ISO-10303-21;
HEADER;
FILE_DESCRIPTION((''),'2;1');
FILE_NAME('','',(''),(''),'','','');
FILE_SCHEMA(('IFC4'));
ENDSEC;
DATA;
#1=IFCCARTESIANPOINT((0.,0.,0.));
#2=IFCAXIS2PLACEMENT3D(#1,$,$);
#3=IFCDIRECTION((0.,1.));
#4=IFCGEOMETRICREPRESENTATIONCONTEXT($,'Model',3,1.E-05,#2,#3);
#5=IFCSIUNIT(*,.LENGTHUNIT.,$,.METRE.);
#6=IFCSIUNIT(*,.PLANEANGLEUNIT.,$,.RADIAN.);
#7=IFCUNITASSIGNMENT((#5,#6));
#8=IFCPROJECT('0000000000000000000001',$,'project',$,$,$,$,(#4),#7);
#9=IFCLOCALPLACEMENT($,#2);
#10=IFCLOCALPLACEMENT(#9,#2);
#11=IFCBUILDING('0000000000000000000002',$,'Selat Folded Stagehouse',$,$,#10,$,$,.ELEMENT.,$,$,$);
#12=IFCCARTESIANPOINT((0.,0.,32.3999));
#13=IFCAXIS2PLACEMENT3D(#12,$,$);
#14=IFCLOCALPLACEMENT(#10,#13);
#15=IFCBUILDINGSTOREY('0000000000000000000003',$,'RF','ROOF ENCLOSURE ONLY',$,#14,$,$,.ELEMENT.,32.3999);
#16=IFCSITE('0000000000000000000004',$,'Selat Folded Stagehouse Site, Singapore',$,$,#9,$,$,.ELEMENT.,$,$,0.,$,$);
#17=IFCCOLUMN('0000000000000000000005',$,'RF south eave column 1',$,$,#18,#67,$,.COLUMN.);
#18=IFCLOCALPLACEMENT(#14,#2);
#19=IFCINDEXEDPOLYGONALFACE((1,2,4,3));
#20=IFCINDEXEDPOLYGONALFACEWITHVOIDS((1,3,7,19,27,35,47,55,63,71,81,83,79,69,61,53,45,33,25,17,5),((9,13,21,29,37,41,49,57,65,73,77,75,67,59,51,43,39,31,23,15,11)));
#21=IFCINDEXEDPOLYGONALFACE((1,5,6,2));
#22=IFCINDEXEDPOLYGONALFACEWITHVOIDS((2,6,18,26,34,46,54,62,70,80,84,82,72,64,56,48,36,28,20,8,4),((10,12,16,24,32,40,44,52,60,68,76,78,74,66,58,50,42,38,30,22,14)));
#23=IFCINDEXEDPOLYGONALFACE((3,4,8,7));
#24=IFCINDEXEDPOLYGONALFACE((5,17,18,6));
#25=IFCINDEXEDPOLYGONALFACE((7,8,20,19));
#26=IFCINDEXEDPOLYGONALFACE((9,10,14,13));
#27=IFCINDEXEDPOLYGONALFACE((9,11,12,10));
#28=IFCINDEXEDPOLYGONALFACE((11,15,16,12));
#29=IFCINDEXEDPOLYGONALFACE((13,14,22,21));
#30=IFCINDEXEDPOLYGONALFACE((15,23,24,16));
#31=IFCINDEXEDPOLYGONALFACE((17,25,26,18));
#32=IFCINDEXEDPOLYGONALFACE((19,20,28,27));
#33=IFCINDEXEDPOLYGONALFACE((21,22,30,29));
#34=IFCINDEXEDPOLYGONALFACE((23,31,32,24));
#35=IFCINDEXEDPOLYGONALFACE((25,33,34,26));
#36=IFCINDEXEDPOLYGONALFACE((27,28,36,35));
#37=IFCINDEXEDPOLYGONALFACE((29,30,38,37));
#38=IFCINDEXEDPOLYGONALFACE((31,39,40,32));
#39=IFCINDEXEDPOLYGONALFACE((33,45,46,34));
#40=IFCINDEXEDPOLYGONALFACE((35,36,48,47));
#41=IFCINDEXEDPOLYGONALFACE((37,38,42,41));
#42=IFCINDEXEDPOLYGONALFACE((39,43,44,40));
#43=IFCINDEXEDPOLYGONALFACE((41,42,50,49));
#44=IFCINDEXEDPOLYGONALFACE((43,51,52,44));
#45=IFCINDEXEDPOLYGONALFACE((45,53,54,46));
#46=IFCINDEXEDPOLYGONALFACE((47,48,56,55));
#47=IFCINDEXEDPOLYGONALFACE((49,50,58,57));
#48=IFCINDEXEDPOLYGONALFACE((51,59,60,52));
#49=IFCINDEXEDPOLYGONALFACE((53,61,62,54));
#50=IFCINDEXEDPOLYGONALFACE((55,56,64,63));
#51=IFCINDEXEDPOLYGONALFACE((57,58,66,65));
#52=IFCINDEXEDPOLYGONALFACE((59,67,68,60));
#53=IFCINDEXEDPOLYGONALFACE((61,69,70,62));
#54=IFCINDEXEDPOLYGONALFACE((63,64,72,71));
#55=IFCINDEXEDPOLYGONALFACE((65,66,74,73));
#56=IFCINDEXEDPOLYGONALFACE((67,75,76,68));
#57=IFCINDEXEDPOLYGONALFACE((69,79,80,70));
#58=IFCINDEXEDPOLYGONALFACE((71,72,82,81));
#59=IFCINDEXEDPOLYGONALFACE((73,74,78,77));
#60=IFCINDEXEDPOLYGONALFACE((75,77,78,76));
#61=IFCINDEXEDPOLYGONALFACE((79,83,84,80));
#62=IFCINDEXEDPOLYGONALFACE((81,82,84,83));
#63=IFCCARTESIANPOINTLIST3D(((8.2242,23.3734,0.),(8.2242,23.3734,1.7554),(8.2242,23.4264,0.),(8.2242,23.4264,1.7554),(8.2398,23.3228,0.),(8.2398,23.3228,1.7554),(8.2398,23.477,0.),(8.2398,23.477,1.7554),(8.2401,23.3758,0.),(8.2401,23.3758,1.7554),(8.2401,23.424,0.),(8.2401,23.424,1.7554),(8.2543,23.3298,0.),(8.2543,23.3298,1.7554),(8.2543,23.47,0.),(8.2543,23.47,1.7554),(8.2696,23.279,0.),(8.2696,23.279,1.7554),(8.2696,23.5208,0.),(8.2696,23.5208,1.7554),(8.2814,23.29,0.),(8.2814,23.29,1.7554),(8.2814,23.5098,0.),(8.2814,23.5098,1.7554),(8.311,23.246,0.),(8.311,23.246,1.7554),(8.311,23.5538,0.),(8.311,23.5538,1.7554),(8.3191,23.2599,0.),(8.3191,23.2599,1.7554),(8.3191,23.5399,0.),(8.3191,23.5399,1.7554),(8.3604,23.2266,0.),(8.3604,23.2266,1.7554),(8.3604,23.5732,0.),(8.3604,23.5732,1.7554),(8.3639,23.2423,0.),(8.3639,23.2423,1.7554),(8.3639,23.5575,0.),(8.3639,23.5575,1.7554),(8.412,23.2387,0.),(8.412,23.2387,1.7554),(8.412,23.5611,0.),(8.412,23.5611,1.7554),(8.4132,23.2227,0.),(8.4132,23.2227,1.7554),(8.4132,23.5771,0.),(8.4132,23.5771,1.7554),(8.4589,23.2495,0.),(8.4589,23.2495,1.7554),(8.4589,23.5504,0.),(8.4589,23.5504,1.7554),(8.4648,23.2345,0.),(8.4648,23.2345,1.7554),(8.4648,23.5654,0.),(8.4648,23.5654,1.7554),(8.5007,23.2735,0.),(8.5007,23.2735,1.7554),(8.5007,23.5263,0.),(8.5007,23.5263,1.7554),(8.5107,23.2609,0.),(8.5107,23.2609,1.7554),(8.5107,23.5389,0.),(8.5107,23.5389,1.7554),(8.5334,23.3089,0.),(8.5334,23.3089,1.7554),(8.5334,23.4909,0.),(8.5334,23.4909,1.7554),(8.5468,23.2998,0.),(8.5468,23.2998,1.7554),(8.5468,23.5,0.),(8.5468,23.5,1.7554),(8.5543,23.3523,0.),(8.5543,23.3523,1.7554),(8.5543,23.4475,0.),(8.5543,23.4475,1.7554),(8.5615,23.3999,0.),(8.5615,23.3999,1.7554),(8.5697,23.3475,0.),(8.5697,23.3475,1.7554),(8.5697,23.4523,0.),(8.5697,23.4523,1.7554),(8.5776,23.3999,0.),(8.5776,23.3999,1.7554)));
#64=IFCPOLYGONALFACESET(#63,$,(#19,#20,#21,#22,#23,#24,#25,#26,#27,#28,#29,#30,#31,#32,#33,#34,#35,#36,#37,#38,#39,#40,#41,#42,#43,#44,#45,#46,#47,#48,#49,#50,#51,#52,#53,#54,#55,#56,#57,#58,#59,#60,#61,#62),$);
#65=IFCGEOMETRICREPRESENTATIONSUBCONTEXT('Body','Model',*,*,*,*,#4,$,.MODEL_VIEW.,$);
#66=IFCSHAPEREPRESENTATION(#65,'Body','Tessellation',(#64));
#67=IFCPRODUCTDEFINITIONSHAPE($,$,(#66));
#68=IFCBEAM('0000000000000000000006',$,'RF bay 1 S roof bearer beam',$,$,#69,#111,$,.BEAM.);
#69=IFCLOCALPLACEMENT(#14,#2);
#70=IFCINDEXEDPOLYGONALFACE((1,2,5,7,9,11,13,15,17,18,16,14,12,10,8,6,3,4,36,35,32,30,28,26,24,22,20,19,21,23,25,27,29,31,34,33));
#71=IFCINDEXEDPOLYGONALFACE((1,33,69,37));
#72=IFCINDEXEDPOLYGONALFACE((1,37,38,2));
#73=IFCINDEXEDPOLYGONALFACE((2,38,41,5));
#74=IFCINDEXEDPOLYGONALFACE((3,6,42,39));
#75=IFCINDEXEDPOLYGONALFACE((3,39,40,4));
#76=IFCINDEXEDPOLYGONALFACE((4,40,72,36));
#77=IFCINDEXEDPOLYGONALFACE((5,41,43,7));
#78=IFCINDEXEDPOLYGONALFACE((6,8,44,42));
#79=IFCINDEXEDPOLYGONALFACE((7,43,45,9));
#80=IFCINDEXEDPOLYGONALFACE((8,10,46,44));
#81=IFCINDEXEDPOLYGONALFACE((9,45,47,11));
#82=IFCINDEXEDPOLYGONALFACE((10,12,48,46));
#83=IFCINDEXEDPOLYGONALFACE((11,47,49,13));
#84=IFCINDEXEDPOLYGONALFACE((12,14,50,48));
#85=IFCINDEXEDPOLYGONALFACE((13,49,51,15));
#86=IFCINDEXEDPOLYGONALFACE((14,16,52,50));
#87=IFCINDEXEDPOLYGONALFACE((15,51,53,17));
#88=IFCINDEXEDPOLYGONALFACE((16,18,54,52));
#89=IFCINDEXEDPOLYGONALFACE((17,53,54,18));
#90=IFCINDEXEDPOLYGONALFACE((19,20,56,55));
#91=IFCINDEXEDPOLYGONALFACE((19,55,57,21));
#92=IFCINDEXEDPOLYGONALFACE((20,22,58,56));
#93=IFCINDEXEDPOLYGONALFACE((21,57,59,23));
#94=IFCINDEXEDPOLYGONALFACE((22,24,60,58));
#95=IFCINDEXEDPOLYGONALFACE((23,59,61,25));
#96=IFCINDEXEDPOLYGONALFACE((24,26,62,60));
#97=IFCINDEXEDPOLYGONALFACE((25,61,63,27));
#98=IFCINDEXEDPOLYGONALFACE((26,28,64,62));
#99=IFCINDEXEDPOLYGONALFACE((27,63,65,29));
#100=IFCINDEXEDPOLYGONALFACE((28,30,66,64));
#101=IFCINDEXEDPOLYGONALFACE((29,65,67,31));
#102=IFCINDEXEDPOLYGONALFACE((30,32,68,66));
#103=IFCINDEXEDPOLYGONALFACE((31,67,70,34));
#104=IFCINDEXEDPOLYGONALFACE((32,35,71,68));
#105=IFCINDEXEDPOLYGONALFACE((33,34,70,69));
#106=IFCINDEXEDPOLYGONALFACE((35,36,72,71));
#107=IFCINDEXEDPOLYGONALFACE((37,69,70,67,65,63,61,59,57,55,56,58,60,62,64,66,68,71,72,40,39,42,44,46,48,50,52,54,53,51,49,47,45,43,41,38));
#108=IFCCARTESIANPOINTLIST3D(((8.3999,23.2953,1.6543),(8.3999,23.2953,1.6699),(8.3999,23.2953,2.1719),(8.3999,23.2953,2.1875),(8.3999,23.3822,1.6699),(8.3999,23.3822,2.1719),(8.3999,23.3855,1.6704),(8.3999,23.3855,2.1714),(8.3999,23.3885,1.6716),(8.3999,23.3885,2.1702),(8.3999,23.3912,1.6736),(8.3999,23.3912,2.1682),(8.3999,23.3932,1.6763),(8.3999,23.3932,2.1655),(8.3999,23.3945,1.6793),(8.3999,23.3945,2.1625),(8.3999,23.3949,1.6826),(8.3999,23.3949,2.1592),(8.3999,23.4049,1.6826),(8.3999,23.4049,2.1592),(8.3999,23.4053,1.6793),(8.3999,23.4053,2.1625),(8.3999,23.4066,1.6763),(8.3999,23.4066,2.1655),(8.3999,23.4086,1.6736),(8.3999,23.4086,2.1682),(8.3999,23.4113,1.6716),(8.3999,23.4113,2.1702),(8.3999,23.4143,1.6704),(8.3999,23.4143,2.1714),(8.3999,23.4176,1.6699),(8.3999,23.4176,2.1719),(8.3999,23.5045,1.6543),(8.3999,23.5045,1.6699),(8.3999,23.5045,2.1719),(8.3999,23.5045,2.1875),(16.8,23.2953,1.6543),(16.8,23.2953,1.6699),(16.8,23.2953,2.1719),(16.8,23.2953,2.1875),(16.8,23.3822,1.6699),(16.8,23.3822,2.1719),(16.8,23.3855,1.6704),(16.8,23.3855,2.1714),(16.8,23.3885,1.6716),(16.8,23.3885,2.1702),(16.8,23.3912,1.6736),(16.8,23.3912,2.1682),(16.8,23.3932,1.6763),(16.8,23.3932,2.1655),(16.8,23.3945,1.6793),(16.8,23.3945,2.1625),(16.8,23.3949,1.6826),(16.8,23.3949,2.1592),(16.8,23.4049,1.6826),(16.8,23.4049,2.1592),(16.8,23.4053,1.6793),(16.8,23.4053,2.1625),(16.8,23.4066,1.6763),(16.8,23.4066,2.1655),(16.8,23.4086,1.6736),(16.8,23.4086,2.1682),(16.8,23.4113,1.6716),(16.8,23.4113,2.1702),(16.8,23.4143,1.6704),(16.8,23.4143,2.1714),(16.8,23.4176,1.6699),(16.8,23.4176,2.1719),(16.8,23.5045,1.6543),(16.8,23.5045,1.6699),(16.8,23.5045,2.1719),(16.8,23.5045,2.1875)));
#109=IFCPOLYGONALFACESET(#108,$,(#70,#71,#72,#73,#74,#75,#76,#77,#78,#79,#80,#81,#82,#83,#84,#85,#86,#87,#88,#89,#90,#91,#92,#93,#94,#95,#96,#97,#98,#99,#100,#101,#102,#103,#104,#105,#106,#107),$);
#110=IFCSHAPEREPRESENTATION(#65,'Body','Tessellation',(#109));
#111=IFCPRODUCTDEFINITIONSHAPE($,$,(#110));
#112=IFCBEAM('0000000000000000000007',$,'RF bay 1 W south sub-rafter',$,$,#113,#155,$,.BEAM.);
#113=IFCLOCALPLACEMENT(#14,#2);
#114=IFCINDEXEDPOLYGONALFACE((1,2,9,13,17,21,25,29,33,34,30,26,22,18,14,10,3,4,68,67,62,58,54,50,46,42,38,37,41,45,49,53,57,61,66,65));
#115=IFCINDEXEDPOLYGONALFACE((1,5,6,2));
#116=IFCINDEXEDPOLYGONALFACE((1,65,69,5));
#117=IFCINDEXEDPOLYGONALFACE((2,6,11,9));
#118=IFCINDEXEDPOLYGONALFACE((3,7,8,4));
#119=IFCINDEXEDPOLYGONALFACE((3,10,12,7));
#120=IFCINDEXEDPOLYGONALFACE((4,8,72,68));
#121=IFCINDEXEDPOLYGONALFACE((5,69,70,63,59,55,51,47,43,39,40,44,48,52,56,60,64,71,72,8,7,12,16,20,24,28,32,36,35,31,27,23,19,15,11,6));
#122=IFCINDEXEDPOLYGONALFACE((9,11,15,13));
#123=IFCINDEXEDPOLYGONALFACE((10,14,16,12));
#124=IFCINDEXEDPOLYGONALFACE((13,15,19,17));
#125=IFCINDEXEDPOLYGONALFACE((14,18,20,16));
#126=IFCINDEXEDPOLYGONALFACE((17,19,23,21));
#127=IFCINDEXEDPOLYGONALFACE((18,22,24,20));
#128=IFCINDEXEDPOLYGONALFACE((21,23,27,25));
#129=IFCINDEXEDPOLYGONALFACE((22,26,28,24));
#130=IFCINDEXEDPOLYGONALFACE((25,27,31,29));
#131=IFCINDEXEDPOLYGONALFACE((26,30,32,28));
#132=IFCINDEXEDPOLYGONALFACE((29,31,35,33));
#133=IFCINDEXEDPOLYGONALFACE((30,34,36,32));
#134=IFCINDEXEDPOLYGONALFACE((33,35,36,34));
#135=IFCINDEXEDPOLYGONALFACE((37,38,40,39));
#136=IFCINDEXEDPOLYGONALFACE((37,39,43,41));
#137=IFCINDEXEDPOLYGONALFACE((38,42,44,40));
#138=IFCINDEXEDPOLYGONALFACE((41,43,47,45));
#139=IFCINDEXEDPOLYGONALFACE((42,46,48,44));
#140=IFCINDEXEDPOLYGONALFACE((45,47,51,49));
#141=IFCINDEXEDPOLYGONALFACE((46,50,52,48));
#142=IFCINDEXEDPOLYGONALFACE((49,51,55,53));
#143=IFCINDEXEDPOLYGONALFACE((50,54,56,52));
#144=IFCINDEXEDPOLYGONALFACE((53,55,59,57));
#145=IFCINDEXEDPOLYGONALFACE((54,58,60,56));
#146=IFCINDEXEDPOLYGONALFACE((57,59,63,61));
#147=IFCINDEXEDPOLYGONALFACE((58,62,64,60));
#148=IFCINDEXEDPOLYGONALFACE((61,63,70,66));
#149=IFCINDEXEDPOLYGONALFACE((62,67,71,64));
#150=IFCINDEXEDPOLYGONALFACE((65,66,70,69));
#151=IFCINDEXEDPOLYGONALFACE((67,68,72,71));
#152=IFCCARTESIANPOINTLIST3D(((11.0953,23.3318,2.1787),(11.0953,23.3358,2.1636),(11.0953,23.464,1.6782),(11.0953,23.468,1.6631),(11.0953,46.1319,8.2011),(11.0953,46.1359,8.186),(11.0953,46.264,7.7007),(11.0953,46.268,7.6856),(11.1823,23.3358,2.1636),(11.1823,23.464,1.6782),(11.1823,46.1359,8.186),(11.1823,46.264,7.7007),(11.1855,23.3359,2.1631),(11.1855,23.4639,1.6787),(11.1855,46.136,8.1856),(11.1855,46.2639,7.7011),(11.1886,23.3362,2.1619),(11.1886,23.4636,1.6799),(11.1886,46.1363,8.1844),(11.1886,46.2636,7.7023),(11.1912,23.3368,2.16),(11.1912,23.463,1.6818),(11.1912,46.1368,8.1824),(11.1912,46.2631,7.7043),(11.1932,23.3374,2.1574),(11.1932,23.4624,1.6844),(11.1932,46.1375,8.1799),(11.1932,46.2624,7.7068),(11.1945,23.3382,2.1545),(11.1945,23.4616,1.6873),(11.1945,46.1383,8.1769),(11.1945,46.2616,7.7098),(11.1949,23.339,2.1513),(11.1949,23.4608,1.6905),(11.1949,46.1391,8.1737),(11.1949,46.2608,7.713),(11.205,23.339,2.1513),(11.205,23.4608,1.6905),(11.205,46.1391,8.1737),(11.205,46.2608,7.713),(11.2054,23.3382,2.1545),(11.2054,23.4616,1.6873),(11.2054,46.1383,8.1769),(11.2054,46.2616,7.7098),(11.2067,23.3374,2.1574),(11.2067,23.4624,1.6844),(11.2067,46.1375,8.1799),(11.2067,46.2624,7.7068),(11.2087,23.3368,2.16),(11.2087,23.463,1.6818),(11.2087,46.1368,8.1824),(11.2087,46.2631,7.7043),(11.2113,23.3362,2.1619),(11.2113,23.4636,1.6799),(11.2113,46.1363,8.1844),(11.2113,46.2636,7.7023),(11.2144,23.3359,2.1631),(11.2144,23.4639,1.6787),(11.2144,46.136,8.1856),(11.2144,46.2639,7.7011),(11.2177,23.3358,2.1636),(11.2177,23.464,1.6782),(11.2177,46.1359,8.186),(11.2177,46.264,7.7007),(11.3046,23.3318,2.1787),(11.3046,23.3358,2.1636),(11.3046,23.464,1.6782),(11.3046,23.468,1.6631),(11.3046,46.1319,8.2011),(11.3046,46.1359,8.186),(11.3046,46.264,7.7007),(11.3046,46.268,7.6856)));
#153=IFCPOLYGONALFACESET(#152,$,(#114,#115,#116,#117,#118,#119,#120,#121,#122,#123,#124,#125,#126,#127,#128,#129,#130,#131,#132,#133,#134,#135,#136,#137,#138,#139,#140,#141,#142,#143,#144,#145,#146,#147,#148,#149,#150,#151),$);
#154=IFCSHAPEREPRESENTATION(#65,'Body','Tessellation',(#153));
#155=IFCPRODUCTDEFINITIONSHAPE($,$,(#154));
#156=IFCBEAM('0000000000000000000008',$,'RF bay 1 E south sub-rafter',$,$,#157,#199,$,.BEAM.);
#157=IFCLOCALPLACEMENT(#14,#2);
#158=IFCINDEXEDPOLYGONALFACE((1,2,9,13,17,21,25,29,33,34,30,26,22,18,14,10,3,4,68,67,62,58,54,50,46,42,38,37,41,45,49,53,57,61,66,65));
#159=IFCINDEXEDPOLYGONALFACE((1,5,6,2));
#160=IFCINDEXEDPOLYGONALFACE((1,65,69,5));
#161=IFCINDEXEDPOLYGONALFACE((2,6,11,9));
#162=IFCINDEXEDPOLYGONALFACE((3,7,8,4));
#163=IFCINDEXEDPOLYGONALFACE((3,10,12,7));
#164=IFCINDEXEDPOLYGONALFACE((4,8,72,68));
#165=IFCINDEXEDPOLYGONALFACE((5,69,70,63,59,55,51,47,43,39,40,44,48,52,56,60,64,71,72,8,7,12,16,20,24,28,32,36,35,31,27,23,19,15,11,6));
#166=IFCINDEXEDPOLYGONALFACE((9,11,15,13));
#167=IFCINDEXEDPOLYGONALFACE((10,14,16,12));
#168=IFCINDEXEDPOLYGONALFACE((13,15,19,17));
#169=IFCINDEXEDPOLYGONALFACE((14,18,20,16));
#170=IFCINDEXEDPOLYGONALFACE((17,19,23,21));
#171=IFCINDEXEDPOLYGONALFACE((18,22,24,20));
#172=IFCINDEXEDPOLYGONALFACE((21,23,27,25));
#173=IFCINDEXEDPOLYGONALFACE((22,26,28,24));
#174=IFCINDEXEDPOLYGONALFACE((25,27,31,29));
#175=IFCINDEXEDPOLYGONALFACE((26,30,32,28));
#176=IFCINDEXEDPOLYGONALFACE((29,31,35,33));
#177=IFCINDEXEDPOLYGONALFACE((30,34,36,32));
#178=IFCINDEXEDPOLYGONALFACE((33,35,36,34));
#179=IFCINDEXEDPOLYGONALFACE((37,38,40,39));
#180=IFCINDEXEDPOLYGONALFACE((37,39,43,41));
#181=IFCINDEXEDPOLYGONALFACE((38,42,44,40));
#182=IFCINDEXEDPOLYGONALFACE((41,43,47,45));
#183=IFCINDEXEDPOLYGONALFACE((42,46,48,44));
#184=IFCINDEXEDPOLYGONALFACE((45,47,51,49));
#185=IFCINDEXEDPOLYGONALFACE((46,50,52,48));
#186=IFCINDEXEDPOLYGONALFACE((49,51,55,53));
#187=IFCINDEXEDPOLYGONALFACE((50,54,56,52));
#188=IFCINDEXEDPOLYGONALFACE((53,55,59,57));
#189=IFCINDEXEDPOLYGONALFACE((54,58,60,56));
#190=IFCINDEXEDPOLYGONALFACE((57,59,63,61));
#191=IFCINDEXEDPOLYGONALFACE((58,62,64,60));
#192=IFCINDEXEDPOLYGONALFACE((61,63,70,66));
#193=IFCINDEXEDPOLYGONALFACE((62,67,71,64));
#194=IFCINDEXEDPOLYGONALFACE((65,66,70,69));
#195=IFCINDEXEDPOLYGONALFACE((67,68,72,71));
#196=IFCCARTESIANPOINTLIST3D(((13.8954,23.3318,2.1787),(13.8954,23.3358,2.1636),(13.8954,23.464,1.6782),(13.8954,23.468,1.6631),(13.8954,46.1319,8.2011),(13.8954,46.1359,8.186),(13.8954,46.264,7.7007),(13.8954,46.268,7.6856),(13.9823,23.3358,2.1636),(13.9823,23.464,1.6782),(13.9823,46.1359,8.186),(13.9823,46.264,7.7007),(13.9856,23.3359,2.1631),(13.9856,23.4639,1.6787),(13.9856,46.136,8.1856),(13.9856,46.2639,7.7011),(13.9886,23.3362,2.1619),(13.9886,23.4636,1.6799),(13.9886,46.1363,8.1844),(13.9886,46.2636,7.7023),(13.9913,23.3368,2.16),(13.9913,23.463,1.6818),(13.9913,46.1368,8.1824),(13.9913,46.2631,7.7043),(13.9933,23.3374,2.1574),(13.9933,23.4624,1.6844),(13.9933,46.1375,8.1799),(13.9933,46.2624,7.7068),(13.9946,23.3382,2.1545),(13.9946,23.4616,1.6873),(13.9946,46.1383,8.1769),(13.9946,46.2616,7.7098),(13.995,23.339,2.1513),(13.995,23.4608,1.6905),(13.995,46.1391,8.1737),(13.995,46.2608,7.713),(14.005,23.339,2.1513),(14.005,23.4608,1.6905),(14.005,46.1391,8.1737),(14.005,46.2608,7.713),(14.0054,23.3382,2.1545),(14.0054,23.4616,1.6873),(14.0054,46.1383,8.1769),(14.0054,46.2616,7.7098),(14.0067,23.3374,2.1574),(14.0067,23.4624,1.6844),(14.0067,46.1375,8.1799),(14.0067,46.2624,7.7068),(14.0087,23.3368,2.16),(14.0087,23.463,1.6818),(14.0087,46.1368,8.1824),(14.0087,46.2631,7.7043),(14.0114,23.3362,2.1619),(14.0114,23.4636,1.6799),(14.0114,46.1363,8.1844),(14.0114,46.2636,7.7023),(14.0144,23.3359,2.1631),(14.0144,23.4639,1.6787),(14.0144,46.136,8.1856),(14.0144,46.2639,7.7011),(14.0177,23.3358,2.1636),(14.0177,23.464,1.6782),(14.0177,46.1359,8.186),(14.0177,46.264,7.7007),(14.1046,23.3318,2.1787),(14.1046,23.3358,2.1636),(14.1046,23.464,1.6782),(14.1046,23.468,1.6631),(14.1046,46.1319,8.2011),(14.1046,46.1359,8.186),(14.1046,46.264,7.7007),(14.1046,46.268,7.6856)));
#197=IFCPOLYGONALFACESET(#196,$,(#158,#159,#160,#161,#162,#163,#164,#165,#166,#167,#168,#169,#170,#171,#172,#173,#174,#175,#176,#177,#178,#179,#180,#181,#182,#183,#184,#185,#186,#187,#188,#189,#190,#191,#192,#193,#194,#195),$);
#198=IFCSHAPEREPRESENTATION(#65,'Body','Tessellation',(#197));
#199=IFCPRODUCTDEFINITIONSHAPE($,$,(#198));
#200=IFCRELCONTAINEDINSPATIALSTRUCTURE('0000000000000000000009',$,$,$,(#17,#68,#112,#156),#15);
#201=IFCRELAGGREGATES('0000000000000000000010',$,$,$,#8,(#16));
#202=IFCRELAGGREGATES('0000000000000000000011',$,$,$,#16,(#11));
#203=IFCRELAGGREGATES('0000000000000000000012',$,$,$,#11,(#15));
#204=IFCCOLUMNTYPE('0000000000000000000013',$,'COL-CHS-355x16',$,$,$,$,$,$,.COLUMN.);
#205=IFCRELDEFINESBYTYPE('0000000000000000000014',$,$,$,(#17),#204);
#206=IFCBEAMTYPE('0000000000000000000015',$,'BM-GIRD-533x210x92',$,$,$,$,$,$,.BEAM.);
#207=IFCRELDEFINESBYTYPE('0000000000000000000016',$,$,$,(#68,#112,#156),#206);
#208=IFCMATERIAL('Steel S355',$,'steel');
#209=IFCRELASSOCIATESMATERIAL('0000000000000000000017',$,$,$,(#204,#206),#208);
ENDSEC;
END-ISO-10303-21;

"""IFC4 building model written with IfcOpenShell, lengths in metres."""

from ifc_helpers import new_model, si_unit, direction, frame, origin, origin_2d, place, context, subcontext, project, spatial, hollow_circle, i_section, extrude, material, material_profile, profile_set, type_object, element, save


model = new_model("IFC4")

# Units and contexts
model_context = context("Model", 3, precision=1e-05, world=origin(), true_north=direction((0.0, 1.0)))
body_context = subcontext(model_context, "Body", "Model", "MODEL_VIEW")
ifc_project = project(units=[si_unit("LENGTHUNIT", "METRE"), si_unit("PLANEANGLEUNIT", "RADIAN")], contexts=[model_context])

# Site, building, storey
site_placement = place(None, origin())
site = spatial("IfcSite", under=ifc_project, at=site_placement, Name="Selat Folded Stagehouse Site, Singapore", CompositionType="ELEMENT", RefElevation=0.0)
building_placement = place(site_placement, origin())
building = spatial("IfcBuilding", under=site, at=building_placement, Name="Selat Folded Stagehouse", CompositionType="ELEMENT")
storey_placement = place(building_placement, frame((0.0, 0.0, 32.3999)))
storey = spatial("IfcBuildingStorey", under=building, at=storey_placement, Name="RF", Description="ROOF ENCLOSURE ONLY", CompositionType="ELEMENT", Elevation=32.3999)

# Column
ifc_material_1 = material(Name="Steel S355", Category="steel")
ifc_material_profile_1 = material_profile(ifc_material_1, hollow_circle(Radius=0.1777, WallThickness=0.0161, at=origin_2d()), Name="CHS 355.6x16.0")
ifc_profile_set_1 = profile_set([ifc_material_profile_1], Name="Steel S355")
column_type = type_object("IfcColumnType", Name="COL-CHS-355x16", PredefinedType="COLUMN", material=ifc_profile_set_1)
column_placement = place(storey_placement, frame((8.3999, 23.3999, 0.0), z_axis=(0.0, 0.0, 1.0), x_axis=(1.0, 0.0, 0.0)))
element("IfcColumn", 1, at=column_placement, inside=storey, type_object=column_type, Name="RF south eave column 1", PredefinedType="COLUMN", context=body_context, shape_type="SweptSolid", body=[
    extrude(hollow_circle(Radius=0.1777, WallThickness=0.0161, at=origin_2d()), origin(), (0.0, 0.0, 1.0), 1.7554),
])

# Beams
ifc_material_profile_2 = material_profile(ifc_material_1, i_section(OverallWidth=0.2092, OverallDepth=0.5332, WebThickness=0.01, FlangeThickness=0.0156, FilletRadius=0.0127, at=origin_2d()), Name="UKB 533x210x92")
ifc_profile_set_2 = profile_set([ifc_material_profile_2], Name="Steel S355")
beam_type_1 = type_object("IfcBeamType", Name="BM-GIRD-533x210x92", PredefinedType="BEAM", material=ifc_profile_set_2)
beam_1_placement = place(storey_placement, frame((8.3999, 23.3999, 1.9209), z_axis=(1.0, 0.0, 0.0), x_axis=(0.0, 1.0, 0.0)))
element("IfcBeam", 2, at=beam_1_placement, inside=storey, type_object=beam_type_1, Name="RF bay 1 S roof bearer beam", PredefinedType="BEAM", context=body_context, shape_type="SweptSolid", body=[
    extrude(i_section(OverallWidth=0.2092, OverallDepth=0.5332, WebThickness=0.01, FlangeThickness=0.0156, FilletRadius=0.0127, at=origin_2d()), origin(), (0.0, 0.0, 1.0), 8.4001),
])
for number, where, z_axis, x_axis, name in (
    (3, (11.2, 23.3999, 1.9209), (0.0, 0.96684, 0.255383), (-1.0, 0.0, 0.0), "RF bay 1 W south sub-rafter"),
    (4, (14.0, 23.3999, 1.9209), (0.0, 0.96684, 0.255383), (-1.0, 0.0, 0.0), "RF bay 1 E south sub-rafter"),
):
    element("IfcBeam", number, at=place(storey_placement, frame(where, z_axis=z_axis, x_axis=x_axis)), inside=storey, type_object=beam_type_1, Name=name, PredefinedType="BEAM", context=body_context, shape_type="SweptSolid", body=[
        extrude(i_section(OverallWidth=0.2092, OverallDepth=0.5332, WebThickness=0.01, FlangeThickness=0.0156, FilletRadius=0.0127, at=origin_2d()), origin(), (0.0, 0.0, 1.0), 23.582),
    ])

save(model, "model.ifc")
